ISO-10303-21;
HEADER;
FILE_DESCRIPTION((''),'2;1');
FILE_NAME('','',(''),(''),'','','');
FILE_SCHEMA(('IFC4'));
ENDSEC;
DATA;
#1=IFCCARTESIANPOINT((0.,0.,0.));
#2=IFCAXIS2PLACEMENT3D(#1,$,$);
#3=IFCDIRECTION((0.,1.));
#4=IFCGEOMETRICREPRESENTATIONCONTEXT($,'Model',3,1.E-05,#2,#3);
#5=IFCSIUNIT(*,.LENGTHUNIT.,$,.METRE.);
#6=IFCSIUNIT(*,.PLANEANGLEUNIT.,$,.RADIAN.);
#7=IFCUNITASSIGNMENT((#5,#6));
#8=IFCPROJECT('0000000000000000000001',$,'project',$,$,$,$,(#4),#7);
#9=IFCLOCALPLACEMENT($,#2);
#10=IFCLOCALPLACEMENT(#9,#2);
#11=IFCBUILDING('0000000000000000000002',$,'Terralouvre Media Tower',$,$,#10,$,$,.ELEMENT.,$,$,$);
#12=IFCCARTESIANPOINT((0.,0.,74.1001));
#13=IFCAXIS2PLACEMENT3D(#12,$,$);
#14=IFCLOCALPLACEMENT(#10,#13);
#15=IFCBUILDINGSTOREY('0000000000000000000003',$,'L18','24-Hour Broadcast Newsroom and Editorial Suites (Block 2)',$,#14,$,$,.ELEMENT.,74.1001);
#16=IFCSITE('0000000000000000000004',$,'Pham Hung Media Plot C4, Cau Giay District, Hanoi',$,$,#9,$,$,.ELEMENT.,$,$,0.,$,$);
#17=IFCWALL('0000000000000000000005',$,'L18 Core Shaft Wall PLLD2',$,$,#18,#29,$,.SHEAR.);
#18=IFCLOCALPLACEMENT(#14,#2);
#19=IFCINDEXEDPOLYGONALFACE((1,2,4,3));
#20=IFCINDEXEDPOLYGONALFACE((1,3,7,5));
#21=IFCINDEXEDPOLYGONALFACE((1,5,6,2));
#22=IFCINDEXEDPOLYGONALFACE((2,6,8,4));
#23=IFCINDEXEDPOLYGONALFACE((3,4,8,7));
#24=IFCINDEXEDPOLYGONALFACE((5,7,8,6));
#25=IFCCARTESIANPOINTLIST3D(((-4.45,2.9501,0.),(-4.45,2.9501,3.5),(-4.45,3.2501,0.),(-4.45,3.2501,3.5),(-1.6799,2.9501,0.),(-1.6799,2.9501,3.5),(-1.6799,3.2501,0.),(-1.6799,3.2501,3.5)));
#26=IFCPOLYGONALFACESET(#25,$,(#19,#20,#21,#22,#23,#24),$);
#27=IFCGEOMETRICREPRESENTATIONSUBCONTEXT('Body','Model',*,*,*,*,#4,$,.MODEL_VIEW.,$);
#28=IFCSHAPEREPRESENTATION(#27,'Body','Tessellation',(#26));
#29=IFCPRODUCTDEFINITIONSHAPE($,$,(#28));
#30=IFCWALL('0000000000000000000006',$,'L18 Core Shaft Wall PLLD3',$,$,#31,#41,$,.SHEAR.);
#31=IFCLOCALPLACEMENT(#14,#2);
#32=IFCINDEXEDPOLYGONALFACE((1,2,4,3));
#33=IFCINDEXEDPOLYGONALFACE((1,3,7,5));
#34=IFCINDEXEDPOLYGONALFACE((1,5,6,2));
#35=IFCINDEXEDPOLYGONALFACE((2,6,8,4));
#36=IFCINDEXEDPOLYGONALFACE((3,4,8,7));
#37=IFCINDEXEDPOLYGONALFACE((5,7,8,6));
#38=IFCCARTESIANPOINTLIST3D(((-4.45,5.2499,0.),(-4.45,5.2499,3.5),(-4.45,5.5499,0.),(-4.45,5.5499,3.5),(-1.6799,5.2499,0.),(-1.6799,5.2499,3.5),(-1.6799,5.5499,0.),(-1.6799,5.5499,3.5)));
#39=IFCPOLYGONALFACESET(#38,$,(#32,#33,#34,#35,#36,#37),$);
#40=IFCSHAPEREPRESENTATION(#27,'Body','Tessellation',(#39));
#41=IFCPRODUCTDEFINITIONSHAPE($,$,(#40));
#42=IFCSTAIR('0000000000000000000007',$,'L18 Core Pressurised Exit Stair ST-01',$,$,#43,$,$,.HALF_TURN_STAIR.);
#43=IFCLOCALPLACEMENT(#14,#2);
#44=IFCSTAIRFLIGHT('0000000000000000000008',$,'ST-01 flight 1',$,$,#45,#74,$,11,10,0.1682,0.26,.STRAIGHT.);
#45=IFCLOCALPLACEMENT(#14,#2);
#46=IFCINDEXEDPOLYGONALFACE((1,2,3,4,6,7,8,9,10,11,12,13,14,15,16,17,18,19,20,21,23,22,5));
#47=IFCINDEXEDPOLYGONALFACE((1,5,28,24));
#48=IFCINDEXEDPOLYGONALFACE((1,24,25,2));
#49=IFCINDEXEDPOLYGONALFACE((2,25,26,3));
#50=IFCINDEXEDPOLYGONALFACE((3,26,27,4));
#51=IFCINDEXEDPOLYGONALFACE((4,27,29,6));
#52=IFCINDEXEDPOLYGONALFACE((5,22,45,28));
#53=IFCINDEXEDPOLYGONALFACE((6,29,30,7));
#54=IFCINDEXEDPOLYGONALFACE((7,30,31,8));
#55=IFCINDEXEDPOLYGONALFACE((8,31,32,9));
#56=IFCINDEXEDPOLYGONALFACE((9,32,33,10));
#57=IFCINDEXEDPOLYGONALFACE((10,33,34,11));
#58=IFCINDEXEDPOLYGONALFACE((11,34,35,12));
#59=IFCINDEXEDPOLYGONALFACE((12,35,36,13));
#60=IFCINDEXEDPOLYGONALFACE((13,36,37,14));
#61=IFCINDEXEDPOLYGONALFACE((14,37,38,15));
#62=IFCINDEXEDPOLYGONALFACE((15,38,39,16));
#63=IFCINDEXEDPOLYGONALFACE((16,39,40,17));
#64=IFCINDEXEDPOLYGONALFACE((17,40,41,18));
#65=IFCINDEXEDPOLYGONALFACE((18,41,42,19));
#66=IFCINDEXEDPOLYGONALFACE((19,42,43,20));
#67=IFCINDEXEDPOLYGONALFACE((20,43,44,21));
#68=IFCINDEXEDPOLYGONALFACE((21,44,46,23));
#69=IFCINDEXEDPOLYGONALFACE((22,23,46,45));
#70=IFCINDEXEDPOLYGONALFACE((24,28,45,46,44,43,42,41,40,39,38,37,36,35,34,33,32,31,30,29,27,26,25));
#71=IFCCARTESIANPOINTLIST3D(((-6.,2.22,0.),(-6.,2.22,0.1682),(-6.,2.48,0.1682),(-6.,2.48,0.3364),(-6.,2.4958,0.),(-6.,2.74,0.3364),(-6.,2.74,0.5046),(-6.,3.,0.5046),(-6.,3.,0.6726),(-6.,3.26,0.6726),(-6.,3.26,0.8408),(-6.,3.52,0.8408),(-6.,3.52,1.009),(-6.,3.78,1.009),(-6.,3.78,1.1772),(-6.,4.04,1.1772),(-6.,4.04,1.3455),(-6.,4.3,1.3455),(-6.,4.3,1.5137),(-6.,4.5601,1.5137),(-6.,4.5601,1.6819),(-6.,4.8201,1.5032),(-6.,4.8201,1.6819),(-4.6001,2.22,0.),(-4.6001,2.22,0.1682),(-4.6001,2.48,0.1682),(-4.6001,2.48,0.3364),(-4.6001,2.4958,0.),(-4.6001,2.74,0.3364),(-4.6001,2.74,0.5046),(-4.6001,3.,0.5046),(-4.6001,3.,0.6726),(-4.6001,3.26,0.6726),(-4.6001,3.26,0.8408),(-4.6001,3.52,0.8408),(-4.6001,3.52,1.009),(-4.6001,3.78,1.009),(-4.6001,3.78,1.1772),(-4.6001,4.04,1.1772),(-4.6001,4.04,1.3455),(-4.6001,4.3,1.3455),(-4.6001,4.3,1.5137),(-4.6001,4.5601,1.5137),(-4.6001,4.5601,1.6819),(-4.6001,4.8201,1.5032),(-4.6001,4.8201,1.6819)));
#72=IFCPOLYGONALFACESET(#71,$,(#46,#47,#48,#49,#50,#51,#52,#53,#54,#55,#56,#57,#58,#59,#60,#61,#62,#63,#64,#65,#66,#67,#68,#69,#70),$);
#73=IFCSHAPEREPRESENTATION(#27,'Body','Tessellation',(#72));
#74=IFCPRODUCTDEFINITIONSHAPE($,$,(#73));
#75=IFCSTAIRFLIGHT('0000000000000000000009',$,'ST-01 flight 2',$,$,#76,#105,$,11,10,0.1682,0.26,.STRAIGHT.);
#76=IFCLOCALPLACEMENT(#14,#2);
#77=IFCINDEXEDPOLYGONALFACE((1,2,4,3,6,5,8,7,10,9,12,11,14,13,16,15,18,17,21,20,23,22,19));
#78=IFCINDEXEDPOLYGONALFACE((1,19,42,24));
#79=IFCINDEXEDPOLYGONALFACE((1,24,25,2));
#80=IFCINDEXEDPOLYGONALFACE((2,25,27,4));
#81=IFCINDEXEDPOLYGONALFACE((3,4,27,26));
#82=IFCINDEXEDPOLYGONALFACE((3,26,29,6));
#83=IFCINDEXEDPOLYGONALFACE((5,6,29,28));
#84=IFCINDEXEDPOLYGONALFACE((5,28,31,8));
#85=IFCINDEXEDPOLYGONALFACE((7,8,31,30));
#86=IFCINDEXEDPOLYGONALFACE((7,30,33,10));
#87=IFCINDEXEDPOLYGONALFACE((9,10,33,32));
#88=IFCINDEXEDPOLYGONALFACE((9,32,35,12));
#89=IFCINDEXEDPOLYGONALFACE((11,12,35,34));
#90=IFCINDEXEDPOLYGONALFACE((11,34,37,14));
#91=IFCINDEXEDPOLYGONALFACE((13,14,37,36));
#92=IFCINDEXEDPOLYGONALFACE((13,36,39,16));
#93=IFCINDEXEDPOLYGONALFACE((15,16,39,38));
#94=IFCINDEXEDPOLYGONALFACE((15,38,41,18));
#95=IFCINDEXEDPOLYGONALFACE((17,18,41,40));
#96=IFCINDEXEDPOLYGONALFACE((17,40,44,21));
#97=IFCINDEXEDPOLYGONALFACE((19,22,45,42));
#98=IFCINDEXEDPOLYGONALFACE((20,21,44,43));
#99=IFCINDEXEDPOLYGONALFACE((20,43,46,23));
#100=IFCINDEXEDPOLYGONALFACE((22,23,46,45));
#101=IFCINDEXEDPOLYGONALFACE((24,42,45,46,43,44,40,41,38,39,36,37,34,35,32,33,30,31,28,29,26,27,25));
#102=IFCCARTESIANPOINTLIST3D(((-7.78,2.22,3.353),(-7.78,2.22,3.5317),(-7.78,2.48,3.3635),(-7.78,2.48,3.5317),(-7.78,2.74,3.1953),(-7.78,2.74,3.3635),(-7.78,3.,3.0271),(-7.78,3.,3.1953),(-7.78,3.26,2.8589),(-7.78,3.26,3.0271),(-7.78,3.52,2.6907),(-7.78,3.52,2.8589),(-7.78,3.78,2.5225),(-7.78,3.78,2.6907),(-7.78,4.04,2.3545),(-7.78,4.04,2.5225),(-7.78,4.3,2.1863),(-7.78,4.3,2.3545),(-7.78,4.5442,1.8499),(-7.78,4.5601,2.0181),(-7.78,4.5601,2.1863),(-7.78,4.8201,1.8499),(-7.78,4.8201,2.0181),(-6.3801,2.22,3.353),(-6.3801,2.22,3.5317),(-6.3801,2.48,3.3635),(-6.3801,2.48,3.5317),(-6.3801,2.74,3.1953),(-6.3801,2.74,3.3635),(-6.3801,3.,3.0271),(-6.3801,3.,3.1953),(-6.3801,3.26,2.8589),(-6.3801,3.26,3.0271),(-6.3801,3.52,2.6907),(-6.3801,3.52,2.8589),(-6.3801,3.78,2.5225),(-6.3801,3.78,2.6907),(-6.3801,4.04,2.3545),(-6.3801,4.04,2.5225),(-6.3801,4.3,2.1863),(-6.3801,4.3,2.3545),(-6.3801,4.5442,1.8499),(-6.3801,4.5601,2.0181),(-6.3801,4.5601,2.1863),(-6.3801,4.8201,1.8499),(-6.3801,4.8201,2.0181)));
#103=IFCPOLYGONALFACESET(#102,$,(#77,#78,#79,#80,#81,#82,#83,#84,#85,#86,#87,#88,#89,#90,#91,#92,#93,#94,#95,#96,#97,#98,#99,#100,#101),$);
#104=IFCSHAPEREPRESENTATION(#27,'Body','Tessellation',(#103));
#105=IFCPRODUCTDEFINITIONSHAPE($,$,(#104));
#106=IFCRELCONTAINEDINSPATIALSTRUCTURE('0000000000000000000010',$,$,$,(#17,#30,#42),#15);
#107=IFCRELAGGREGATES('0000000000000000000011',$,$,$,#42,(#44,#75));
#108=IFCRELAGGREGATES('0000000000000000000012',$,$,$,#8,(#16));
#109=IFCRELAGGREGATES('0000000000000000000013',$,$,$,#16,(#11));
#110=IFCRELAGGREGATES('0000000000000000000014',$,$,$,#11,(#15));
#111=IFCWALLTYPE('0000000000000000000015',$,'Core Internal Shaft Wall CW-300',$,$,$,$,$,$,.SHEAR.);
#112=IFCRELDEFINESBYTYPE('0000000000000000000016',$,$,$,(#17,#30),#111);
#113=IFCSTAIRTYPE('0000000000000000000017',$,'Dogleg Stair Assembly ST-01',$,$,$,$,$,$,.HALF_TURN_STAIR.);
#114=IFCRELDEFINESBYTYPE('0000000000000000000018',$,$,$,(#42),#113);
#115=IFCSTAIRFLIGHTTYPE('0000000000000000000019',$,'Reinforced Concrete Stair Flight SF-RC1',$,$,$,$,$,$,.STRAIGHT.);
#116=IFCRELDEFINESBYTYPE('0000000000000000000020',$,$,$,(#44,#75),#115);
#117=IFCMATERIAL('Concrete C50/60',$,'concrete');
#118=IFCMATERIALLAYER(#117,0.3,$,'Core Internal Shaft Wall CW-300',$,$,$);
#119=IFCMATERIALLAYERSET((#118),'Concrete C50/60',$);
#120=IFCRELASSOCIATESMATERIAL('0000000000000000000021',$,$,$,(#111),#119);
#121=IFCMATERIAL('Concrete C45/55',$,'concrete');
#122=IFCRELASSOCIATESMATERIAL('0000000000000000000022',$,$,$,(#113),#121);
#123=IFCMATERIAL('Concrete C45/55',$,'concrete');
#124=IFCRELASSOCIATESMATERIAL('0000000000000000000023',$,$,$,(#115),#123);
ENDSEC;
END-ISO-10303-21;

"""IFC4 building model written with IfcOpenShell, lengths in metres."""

from ifc_helpers import new_model, si_unit, direction, frame, frame_2d, origin, place, context, subcontext, project, spatial, polyline, rectangle, outline, extrude, material, layer, layer_set, type_object, element, aggregate, save


model = new_model("IFC4")

# Units and contexts
model_context = context("Model", 3, precision=1e-05, world=origin(), true_north=direction((0.0, 1.0)))
body_context = subcontext(model_context, "Body", "Model", "MODEL_VIEW")
ifc_project = project(units=[si_unit("LENGTHUNIT", "METRE"), si_unit("PLANEANGLEUNIT", "RADIAN")], contexts=[model_context])

# Site, building, storey
site_placement = place(None, origin())
site = spatial("IfcSite", under=ifc_project, at=site_placement, Name="Pham Hung Media Plot C4, Cau Giay District, Hanoi", CompositionType="ELEMENT", RefElevation=0.0)
building_placement = place(site_placement, origin())
building = spatial("IfcBuilding", under=site, at=building_placement, Name="Terralouvre Media Tower", CompositionType="ELEMENT")
storey_placement = place(building_placement, frame((0.0, 0.0, 74.1001)))
storey = spatial("IfcBuildingStorey", under=building, at=storey_placement, Name="L18", Description="24-Hour Broadcast Newsroom and Editorial Suites (Block 2)", CompositionType="ELEMENT", Elevation=74.1001)

# Shared definitions
ifc_material_1 = material(Name="Concrete C50/60", Category="concrete")
ifc_layer_1 = layer(ifc_material_1, 0.3, Name="Core Internal Shaft Wall CW-300")
ifc_layer_set_1 = layer_set([ifc_layer_1], Name="Concrete C50/60")
wall_type_1 = type_object("IfcWallType", Name="Core Internal Shaft Wall CW-300", PredefinedType="SHEAR", material=ifc_layer_set_1)

# Walls
for number, where, z_axis, x_axis, name in (
    (1, (-4.45, 3.1001, 0.0), (0.0, 0.0, 1.0), (1.0, 0.0, 0.0), "L18 Core Shaft Wall PLLD2"),
    (2, (-4.45, 5.3999, 0.0), (0.0, 0.0, 1.0), (1.0, 0.0, 0.0), "L18 Core Shaft Wall PLLD3"),
):
    element("IfcWall", number, at=place(storey_placement, frame(where, z_axis=z_axis, x_axis=x_axis)), inside=storey, type_object=wall_type_1, Name=name, PredefinedType="SHEAR", context=body_context, shape_type="SweptSolid", body=[
        extrude(rectangle(XDim=2.77, YDim=0.3, at=frame_2d((1.385, 0.0))), origin(), (0.0, 0.0, 1.0), 3.5),
    ])

# Stair, stair flights
ifc_material_2 = material(Name="Concrete C45/55", Category="concrete")
stair_type = type_object("IfcStairType", Name="Dogleg Stair Assembly ST-01", PredefinedType="HALF_TURN_STAIR", material=ifc_material_2)
stair_placement = place(storey_placement, origin())
stair = element("IfcStair", 3, at=stair_placement, inside=storey, type_object=stair_type, Name="L18 Core Pressurised Exit Stair ST-01", PredefinedType="HALF_TURN_STAIR")
ifc_material_3 = material(Name="Concrete C45/55", Category="concrete")
stair_flight_type = type_object("IfcStairFlightType", Name="Reinforced Concrete Stair Flight SF-RC1", PredefinedType="STRAIGHT", material=ifc_material_3)
stair_flight_1_placement = place(storey_placement, frame((-5.3, 2.22, 0.0), z_axis=(0.0, 0.0, 1.0), x_axis=(0.0, 1.0, 0.0)))
stair_flight_1 = element("IfcStairFlight", 4, at=stair_flight_1_placement, type_object=stair_flight_type, Name="ST-01 flight 1", NumberOfRisers=11, NumberOfTreads=10, PredefinedType="STRAIGHT", RiserHeight=0.1682, TreadLength=0.26, context=body_context, shape_type="SweptSolid", body=[
    extrude(outline(polyline([(0.0, 0.0), (0.0, 0.1682), (0.26, 0.1682), (0.26, 0.3364), (0.52, 0.3364), (0.52, 0.5046), (0.78, 0.5046), (0.78, 0.6726), (1.04, 0.6726), (1.04, 0.8408), (1.3, 0.8408), (1.3, 1.009), (1.5601, 1.009), (1.5601, 1.1772), (1.8201, 1.1772), (1.8201, 1.3455), (2.0801, 1.3455), (2.0801, 1.5137), (2.3401, 1.5137), (2.3401, 1.6819), (2.6001, 1.6819), (2.6001, 1.8501), (2.6001, 1.5032), (0.2759, 0.0), (0.0, 0.0)])), frame((0.0, 0.7, 0.0), z_axis=(0.0, -1.0, 0.0), x_axis=(1.0, 0.0, 0.0)), (0.0, 0.0, 1.0), 1.3999),
])
stair_flight_2_placement = place(storey_placement, frame((-7.0801, 4.8201, 1.8499), z_axis=(0.0, 0.0, 1.0), x_axis=(0.0, -1.0, 0.0)))
stair_flight_2 = element("IfcStairFlight", 5, at=stair_flight_2_placement, type_object=stair_flight_type, Name="ST-01 flight 2", NumberOfRisers=11, NumberOfTreads=10, PredefinedType="STRAIGHT", RiserHeight=0.1682, TreadLength=0.26, context=body_context, shape_type="SweptSolid", body=[
    extrude(outline(polyline([(0.0, 0.0), (0.0, 0.1682), (0.26, 0.1682), (0.26, 0.3364), (0.52, 0.3364), (0.52, 0.5046), (0.78, 0.5046), (0.78, 0.6726), (1.04, 0.6726), (1.04, 0.8408), (1.3, 0.8408), (1.3, 1.009), (1.5601, 1.009), (1.5601, 1.1772), (1.8201, 1.1772), (1.8201, 1.3455), (2.0801, 1.3455), (2.0801, 1.5137), (2.3401, 1.5137), (2.3401, 1.6819), (2.6001, 1.6819), (2.6001, 1.8501), (2.6001, 1.5032), (0.2759, 0.0), (0.0, 0.0)])), frame((0.0, 0.7, 0.0), z_axis=(0.0, -1.0, 0.0), x_axis=(1.0, 0.0, 0.0)), (0.0, 0.0, 1.0), 1.3999),
])
aggregate(stair, [stair_flight_1, stair_flight_2])

save(model, "model.ifc")
